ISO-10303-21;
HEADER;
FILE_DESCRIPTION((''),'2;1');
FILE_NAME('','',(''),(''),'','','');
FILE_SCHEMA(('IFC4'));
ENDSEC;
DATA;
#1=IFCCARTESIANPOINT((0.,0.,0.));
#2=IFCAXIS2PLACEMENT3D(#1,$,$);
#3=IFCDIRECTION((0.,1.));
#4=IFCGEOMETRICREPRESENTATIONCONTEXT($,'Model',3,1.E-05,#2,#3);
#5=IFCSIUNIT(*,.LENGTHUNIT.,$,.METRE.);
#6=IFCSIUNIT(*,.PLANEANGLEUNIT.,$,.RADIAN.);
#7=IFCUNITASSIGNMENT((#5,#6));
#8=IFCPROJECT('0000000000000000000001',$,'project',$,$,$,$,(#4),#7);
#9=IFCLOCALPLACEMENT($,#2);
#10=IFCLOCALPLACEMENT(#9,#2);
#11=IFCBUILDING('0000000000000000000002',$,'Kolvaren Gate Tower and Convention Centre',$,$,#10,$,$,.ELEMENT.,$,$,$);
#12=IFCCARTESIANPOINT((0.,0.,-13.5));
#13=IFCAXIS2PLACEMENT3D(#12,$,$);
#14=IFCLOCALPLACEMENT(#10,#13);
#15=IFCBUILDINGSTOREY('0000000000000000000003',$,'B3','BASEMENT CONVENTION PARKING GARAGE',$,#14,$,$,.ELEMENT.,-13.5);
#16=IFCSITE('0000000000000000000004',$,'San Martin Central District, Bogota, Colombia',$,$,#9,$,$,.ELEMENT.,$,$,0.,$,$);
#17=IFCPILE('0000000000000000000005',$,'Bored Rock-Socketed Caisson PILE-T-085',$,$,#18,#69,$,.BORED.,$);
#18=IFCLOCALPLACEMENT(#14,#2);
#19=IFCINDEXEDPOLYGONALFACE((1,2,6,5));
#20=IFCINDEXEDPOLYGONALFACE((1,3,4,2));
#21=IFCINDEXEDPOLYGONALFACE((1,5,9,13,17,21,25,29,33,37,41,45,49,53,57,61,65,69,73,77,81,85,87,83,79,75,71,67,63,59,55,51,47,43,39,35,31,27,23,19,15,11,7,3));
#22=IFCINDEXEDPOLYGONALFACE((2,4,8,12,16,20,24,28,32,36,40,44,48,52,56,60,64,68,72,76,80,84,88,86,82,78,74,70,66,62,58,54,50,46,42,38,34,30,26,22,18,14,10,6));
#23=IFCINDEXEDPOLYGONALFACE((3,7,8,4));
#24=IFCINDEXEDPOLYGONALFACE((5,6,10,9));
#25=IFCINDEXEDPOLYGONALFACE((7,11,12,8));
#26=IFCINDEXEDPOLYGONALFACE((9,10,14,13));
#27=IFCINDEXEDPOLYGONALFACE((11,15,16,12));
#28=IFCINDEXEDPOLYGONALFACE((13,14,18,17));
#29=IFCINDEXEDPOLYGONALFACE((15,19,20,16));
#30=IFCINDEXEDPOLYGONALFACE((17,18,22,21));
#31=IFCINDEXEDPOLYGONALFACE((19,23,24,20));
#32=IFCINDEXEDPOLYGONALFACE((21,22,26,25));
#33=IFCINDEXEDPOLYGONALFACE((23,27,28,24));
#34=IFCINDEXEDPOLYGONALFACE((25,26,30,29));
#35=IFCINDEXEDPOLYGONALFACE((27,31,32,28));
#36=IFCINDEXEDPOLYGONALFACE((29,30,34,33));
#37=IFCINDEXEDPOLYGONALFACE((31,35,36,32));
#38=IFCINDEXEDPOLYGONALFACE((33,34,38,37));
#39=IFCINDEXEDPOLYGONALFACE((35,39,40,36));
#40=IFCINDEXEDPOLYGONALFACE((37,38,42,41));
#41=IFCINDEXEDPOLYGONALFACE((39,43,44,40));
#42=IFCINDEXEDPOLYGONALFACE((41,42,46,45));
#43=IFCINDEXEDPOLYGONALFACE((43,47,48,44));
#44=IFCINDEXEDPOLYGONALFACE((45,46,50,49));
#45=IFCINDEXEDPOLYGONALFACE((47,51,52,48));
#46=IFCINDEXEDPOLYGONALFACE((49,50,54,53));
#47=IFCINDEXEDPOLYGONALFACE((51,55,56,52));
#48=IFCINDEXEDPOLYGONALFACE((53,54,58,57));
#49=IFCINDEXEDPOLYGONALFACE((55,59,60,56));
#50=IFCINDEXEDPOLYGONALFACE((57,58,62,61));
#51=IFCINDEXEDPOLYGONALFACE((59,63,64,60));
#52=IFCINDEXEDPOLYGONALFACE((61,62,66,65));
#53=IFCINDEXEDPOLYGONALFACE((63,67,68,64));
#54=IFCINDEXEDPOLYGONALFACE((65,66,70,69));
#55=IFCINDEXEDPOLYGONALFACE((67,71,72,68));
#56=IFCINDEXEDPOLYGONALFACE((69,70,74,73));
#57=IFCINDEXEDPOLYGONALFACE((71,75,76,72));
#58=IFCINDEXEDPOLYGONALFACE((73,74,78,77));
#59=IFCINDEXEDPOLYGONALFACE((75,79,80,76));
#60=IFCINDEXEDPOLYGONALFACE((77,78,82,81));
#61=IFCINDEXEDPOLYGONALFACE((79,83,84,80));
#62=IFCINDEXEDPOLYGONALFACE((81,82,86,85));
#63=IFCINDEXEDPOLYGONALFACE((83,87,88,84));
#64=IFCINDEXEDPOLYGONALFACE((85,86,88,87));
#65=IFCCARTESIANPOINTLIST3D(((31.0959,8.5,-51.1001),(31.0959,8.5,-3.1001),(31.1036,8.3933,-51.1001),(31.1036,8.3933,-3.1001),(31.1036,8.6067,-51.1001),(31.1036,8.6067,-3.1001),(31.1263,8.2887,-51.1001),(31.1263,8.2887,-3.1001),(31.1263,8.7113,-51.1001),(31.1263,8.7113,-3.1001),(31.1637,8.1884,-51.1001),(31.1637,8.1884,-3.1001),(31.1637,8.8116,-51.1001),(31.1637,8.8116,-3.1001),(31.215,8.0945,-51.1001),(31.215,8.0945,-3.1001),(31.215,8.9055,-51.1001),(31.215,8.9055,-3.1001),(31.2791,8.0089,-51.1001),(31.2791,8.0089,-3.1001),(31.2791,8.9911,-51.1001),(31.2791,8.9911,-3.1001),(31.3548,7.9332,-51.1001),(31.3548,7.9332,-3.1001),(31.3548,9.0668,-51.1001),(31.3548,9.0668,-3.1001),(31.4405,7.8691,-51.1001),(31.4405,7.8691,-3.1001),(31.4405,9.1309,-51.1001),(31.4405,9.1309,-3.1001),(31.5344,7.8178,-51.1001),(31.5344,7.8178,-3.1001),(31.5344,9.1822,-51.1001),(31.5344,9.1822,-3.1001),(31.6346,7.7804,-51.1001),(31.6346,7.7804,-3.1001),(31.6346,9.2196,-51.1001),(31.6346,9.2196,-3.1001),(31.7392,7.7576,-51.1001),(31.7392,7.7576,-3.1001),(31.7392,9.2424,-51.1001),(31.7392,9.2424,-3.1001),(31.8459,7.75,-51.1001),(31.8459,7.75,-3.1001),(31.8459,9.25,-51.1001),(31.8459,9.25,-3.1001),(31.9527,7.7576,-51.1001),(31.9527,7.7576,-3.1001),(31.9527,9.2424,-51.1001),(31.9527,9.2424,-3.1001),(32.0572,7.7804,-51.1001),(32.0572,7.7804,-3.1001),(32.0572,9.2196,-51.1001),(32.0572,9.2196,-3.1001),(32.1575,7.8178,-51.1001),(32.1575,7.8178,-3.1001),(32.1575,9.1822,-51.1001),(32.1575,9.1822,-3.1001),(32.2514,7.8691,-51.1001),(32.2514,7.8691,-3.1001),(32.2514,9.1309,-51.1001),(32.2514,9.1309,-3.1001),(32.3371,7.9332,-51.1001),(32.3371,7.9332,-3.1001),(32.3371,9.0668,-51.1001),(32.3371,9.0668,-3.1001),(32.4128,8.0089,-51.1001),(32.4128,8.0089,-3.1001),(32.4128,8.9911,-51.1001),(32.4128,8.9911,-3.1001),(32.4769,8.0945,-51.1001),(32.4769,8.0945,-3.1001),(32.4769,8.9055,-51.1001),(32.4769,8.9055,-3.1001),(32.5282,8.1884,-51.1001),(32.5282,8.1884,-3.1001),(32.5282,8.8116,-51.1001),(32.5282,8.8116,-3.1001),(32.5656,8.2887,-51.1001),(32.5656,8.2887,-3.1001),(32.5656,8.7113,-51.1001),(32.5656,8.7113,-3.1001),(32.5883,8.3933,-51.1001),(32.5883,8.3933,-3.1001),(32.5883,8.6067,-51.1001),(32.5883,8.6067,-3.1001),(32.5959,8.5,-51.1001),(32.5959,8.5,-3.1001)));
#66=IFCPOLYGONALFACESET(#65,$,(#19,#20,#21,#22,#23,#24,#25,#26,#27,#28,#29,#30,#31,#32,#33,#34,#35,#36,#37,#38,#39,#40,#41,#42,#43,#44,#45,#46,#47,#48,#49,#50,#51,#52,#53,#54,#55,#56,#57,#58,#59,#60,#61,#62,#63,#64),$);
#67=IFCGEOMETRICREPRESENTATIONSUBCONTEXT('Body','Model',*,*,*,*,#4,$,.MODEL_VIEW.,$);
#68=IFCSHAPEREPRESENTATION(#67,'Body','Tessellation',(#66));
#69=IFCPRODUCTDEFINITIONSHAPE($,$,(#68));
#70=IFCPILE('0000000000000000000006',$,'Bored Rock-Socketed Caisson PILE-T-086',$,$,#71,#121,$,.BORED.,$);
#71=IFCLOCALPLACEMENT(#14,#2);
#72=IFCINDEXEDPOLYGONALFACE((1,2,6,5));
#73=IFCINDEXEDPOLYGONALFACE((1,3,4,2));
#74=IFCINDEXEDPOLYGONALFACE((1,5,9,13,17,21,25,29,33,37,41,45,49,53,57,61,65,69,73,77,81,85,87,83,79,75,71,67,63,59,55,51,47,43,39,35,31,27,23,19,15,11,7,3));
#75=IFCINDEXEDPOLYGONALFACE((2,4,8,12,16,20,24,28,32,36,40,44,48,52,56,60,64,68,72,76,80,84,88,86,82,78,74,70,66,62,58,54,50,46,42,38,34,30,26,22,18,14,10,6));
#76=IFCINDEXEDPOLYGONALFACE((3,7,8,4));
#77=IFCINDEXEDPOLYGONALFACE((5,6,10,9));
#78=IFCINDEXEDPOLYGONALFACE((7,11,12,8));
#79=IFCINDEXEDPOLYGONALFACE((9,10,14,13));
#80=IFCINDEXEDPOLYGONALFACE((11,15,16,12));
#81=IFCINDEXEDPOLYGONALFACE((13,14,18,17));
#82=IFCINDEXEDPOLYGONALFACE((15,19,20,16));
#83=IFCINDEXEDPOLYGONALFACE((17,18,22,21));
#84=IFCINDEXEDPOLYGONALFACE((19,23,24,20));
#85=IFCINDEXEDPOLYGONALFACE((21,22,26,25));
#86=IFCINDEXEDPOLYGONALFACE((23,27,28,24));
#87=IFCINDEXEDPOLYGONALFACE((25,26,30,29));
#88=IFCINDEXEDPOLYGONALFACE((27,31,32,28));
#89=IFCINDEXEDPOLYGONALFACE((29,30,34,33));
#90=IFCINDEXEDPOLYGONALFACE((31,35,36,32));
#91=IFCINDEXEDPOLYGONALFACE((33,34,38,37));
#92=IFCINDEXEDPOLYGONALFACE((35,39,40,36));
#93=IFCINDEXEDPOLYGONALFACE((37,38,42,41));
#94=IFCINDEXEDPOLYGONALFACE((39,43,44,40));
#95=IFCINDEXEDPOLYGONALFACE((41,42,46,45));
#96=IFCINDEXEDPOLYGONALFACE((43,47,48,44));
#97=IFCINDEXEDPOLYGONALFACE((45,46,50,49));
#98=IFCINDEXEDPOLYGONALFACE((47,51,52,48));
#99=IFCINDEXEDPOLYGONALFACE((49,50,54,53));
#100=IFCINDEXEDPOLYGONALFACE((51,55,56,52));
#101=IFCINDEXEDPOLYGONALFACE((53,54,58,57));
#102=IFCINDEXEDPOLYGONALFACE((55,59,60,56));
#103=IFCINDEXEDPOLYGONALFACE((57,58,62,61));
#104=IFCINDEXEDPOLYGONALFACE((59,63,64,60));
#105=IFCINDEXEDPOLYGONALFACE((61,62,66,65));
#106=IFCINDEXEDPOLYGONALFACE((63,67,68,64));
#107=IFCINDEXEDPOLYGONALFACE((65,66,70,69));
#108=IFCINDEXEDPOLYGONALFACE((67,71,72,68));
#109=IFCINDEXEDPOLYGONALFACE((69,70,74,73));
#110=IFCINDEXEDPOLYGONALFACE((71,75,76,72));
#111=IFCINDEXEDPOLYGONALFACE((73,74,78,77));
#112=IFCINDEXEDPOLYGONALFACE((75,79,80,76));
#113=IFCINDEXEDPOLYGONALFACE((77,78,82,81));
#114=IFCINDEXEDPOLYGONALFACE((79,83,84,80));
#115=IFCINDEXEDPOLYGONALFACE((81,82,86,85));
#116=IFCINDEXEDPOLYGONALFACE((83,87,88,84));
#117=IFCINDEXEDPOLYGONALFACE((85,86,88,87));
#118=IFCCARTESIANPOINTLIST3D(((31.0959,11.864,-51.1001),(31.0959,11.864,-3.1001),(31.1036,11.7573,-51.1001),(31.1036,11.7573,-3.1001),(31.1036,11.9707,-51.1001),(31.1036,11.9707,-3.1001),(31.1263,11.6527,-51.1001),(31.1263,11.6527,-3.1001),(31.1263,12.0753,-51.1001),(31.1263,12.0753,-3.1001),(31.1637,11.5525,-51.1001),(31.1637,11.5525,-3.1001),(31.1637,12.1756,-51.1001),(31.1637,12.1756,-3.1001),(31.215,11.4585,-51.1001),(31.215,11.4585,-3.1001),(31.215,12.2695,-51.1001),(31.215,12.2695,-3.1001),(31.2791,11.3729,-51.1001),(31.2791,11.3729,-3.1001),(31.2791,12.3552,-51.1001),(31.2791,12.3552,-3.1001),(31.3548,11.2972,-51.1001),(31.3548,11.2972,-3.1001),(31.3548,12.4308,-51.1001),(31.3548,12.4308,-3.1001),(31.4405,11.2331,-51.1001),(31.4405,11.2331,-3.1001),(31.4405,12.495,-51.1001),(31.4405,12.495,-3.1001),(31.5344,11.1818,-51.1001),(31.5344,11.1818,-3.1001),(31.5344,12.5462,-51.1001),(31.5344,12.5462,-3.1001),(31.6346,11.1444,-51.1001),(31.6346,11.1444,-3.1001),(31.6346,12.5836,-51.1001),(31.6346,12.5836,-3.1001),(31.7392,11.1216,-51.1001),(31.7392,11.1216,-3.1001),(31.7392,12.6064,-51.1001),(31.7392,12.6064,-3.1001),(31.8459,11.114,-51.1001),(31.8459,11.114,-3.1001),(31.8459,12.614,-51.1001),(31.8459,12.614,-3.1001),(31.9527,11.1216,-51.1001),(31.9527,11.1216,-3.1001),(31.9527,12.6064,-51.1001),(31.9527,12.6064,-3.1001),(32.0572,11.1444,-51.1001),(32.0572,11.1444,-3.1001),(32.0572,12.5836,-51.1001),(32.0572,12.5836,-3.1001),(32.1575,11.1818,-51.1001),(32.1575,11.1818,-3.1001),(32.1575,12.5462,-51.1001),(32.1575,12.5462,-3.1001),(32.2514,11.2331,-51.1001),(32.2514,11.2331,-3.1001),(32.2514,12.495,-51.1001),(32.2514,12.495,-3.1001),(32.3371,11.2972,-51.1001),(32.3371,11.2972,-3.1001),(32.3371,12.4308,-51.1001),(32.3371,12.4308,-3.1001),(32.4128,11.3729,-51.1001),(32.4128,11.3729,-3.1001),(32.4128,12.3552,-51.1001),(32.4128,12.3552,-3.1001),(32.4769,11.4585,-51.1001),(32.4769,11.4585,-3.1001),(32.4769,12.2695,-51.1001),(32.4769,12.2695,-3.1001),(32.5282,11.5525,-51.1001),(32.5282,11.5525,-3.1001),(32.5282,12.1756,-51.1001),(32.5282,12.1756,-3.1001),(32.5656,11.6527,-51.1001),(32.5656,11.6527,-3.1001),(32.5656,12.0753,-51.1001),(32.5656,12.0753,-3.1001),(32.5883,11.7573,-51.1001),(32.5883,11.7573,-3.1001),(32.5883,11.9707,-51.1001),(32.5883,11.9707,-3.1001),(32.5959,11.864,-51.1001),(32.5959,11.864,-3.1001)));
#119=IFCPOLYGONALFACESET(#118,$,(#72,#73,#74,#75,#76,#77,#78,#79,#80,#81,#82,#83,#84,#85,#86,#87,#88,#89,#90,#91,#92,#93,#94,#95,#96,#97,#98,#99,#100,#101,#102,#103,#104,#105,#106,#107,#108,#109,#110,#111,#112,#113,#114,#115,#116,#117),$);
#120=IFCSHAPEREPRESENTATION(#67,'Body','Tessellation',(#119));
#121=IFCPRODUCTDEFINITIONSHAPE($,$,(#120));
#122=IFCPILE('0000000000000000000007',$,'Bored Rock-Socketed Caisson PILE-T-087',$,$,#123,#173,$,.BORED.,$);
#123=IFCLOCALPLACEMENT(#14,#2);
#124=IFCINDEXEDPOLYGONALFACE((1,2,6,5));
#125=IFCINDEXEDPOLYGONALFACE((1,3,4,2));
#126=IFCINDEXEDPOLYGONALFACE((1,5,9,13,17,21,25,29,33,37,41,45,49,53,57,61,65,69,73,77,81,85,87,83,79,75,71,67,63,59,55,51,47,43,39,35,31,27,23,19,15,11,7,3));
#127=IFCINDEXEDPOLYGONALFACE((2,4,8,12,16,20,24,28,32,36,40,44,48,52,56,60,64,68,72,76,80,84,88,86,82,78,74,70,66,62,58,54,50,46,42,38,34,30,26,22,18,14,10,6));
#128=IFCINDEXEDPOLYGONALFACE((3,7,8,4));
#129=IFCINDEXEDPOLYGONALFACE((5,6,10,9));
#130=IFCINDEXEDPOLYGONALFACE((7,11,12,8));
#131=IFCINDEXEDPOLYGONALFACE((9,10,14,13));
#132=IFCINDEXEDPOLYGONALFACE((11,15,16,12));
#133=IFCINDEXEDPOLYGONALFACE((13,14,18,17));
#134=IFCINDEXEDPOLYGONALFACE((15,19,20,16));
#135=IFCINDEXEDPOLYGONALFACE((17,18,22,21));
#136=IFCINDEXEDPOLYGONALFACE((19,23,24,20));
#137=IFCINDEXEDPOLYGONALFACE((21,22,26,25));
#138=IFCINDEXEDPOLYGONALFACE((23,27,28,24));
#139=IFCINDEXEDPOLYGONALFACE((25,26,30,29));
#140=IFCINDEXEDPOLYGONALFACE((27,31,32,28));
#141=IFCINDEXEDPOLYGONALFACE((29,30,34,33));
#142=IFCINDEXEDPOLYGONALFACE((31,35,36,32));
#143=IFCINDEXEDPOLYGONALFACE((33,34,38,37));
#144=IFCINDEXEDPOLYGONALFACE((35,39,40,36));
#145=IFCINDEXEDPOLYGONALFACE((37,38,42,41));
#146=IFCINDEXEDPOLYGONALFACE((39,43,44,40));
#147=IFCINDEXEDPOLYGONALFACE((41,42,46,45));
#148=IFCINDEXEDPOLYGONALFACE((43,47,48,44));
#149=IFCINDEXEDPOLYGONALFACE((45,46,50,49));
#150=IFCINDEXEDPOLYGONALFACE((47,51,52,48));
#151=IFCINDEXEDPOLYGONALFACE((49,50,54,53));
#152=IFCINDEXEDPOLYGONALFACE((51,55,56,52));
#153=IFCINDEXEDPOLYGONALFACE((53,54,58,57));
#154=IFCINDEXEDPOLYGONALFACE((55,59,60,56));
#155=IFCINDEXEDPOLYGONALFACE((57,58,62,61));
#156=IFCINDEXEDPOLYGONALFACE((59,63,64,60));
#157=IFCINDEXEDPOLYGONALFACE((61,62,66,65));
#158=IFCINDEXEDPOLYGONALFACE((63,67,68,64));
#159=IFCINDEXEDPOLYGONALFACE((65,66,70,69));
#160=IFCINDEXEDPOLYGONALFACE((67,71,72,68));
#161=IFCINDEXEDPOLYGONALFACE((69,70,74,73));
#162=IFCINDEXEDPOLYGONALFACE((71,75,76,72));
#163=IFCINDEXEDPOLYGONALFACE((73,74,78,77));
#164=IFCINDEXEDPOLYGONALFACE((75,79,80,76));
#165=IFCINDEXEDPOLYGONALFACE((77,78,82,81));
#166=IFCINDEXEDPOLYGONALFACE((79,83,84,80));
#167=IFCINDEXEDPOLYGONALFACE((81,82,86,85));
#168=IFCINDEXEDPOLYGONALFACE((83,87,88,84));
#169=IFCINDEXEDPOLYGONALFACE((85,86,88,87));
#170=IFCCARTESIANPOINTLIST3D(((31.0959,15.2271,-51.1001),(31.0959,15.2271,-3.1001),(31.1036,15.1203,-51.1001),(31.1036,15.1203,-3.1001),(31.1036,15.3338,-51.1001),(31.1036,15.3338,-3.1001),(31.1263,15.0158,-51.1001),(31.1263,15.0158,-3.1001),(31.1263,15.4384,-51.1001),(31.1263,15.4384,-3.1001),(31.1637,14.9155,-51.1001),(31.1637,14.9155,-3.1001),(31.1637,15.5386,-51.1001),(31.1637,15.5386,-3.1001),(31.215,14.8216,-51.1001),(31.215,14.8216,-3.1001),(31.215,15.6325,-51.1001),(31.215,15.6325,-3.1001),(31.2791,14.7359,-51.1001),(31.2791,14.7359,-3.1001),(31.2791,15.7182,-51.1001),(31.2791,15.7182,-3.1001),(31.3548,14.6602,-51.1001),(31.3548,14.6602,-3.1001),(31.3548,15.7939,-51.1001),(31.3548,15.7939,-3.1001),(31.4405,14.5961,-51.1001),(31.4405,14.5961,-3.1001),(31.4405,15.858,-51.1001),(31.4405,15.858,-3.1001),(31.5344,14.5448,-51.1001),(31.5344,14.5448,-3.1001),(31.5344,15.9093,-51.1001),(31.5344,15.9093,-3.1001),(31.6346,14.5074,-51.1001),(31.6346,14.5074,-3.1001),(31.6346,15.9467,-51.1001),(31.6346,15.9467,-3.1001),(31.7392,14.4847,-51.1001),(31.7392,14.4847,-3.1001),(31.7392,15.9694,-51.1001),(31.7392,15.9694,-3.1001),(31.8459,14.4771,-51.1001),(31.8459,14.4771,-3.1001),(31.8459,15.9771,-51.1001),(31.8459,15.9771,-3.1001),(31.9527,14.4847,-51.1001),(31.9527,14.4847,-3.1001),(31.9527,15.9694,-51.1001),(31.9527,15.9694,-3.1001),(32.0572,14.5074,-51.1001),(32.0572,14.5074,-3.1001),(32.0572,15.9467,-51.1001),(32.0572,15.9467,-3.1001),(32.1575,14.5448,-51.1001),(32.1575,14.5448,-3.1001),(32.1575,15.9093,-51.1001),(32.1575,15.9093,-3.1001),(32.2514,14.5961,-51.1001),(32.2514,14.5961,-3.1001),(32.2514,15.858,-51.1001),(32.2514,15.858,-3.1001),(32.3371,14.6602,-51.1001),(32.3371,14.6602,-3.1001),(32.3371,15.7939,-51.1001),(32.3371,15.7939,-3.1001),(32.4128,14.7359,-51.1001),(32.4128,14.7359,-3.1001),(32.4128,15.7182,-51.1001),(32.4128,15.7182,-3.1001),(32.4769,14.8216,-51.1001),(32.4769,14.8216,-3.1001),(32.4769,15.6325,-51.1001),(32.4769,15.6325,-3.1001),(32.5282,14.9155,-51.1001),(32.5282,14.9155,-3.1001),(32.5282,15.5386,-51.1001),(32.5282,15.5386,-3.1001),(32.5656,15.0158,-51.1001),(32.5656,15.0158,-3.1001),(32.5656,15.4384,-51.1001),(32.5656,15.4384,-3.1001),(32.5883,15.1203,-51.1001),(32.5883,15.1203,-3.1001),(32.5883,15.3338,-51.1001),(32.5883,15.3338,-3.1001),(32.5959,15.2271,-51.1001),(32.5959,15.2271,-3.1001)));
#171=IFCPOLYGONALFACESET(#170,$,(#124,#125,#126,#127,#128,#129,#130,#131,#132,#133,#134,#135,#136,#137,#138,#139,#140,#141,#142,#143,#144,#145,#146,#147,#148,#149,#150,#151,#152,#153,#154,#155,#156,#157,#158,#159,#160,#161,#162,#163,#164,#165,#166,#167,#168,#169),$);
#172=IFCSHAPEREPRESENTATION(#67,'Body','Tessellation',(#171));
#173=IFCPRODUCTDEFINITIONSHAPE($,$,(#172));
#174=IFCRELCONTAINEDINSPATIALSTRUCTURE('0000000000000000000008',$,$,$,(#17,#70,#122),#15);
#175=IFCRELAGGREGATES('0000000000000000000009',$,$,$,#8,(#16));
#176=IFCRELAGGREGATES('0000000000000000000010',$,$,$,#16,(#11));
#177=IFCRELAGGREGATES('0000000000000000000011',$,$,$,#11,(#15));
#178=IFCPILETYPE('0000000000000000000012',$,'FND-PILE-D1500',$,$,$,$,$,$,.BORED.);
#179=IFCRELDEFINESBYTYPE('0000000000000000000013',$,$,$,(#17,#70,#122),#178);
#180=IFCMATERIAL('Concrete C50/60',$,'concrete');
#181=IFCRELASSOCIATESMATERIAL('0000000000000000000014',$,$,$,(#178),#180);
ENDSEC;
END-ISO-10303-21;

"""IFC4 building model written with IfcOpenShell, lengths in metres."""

from ifc_helpers import new_model, si_unit, direction, frame, origin, origin_2d, place, context, subcontext, project, spatial, circle, extrude, material, material_profile, profile_set, type_object, element, save


model = new_model("IFC4")

# Units and contexts
model_context = context("Model", 3, precision=1e-05, world=origin(), true_north=direction((0.0, 1.0)))
body_context = subcontext(model_context, "Body", "Model", "MODEL_VIEW")
ifc_project = project(units=[si_unit("LENGTHUNIT", "METRE"), si_unit("PLANEANGLEUNIT", "RADIAN")], contexts=[model_context])

# Site, building, storey
site_placement = place(None, origin())
site = spatial("IfcSite", under=ifc_project, at=site_placement, Name="San Martin Central District, Bogota, Colombia", CompositionType="ELEMENT", RefElevation=0.0)
building_placement = place(site_placement, origin())
building = spatial("IfcBuilding", under=site, at=building_placement, Name="Kolvaren Gate Tower and Convention Centre", CompositionType="ELEMENT")
storey_placement = place(building_placement, frame((0.0, 0.0, -13.5)))
storey = spatial("IfcBuildingStorey", under=building, at=storey_placement, Name="B3", Description="BASEMENT CONVENTION PARKING GARAGE", CompositionType="ELEMENT", Elevation=-13.5)

# Shared definitions
ifc_material_1 = material(Name="Concrete C50/60", Category="concrete")

# Piles
ifc_material_profile_1 = material_profile(ifc_material_1, circle(Radius=0.75, at=origin_2d()), Name="CAISSON-D1500")
ifc_profile_set_1 = profile_set([ifc_material_profile_1], Name="Concrete C50/60")
pile_type = type_object("IfcPileType", Name="FND-PILE-D1500", PredefinedType="BORED", material=ifc_profile_set_1)
for number, where, z_axis, x_axis, name in (
    (1, (31.8459, 8.5, -3.1001), (0.0, 0.0, -1.0), (1.0, 0.0, 0.0), "Bored Rock-Socketed Caisson PILE-T-085"),
    (2, (31.8459, 11.864, -3.1001), (0.0, 0.0, -1.0), (1.0, 0.0, 0.0), "Bored Rock-Socketed Caisson PILE-T-086"),
    (3, (31.8459, 15.2271, -3.1001), (0.0, 0.0, -1.0), (1.0, 0.0, 0.0), "Bored Rock-Socketed Caisson PILE-T-087"),
):
    element("IfcPile", number, at=place(storey_placement, frame(where, z_axis=z_axis, x_axis=x_axis)), inside=storey, type_object=pile_type, Name=name, PredefinedType="BORED", context=body_context, shape_type="SweptSolid", body=[
        extrude(circle(Radius=0.75, at=origin_2d()), origin(), (0.0, 0.0, 1.0), 48.0),
    ])

save(model, "model.ifc")
